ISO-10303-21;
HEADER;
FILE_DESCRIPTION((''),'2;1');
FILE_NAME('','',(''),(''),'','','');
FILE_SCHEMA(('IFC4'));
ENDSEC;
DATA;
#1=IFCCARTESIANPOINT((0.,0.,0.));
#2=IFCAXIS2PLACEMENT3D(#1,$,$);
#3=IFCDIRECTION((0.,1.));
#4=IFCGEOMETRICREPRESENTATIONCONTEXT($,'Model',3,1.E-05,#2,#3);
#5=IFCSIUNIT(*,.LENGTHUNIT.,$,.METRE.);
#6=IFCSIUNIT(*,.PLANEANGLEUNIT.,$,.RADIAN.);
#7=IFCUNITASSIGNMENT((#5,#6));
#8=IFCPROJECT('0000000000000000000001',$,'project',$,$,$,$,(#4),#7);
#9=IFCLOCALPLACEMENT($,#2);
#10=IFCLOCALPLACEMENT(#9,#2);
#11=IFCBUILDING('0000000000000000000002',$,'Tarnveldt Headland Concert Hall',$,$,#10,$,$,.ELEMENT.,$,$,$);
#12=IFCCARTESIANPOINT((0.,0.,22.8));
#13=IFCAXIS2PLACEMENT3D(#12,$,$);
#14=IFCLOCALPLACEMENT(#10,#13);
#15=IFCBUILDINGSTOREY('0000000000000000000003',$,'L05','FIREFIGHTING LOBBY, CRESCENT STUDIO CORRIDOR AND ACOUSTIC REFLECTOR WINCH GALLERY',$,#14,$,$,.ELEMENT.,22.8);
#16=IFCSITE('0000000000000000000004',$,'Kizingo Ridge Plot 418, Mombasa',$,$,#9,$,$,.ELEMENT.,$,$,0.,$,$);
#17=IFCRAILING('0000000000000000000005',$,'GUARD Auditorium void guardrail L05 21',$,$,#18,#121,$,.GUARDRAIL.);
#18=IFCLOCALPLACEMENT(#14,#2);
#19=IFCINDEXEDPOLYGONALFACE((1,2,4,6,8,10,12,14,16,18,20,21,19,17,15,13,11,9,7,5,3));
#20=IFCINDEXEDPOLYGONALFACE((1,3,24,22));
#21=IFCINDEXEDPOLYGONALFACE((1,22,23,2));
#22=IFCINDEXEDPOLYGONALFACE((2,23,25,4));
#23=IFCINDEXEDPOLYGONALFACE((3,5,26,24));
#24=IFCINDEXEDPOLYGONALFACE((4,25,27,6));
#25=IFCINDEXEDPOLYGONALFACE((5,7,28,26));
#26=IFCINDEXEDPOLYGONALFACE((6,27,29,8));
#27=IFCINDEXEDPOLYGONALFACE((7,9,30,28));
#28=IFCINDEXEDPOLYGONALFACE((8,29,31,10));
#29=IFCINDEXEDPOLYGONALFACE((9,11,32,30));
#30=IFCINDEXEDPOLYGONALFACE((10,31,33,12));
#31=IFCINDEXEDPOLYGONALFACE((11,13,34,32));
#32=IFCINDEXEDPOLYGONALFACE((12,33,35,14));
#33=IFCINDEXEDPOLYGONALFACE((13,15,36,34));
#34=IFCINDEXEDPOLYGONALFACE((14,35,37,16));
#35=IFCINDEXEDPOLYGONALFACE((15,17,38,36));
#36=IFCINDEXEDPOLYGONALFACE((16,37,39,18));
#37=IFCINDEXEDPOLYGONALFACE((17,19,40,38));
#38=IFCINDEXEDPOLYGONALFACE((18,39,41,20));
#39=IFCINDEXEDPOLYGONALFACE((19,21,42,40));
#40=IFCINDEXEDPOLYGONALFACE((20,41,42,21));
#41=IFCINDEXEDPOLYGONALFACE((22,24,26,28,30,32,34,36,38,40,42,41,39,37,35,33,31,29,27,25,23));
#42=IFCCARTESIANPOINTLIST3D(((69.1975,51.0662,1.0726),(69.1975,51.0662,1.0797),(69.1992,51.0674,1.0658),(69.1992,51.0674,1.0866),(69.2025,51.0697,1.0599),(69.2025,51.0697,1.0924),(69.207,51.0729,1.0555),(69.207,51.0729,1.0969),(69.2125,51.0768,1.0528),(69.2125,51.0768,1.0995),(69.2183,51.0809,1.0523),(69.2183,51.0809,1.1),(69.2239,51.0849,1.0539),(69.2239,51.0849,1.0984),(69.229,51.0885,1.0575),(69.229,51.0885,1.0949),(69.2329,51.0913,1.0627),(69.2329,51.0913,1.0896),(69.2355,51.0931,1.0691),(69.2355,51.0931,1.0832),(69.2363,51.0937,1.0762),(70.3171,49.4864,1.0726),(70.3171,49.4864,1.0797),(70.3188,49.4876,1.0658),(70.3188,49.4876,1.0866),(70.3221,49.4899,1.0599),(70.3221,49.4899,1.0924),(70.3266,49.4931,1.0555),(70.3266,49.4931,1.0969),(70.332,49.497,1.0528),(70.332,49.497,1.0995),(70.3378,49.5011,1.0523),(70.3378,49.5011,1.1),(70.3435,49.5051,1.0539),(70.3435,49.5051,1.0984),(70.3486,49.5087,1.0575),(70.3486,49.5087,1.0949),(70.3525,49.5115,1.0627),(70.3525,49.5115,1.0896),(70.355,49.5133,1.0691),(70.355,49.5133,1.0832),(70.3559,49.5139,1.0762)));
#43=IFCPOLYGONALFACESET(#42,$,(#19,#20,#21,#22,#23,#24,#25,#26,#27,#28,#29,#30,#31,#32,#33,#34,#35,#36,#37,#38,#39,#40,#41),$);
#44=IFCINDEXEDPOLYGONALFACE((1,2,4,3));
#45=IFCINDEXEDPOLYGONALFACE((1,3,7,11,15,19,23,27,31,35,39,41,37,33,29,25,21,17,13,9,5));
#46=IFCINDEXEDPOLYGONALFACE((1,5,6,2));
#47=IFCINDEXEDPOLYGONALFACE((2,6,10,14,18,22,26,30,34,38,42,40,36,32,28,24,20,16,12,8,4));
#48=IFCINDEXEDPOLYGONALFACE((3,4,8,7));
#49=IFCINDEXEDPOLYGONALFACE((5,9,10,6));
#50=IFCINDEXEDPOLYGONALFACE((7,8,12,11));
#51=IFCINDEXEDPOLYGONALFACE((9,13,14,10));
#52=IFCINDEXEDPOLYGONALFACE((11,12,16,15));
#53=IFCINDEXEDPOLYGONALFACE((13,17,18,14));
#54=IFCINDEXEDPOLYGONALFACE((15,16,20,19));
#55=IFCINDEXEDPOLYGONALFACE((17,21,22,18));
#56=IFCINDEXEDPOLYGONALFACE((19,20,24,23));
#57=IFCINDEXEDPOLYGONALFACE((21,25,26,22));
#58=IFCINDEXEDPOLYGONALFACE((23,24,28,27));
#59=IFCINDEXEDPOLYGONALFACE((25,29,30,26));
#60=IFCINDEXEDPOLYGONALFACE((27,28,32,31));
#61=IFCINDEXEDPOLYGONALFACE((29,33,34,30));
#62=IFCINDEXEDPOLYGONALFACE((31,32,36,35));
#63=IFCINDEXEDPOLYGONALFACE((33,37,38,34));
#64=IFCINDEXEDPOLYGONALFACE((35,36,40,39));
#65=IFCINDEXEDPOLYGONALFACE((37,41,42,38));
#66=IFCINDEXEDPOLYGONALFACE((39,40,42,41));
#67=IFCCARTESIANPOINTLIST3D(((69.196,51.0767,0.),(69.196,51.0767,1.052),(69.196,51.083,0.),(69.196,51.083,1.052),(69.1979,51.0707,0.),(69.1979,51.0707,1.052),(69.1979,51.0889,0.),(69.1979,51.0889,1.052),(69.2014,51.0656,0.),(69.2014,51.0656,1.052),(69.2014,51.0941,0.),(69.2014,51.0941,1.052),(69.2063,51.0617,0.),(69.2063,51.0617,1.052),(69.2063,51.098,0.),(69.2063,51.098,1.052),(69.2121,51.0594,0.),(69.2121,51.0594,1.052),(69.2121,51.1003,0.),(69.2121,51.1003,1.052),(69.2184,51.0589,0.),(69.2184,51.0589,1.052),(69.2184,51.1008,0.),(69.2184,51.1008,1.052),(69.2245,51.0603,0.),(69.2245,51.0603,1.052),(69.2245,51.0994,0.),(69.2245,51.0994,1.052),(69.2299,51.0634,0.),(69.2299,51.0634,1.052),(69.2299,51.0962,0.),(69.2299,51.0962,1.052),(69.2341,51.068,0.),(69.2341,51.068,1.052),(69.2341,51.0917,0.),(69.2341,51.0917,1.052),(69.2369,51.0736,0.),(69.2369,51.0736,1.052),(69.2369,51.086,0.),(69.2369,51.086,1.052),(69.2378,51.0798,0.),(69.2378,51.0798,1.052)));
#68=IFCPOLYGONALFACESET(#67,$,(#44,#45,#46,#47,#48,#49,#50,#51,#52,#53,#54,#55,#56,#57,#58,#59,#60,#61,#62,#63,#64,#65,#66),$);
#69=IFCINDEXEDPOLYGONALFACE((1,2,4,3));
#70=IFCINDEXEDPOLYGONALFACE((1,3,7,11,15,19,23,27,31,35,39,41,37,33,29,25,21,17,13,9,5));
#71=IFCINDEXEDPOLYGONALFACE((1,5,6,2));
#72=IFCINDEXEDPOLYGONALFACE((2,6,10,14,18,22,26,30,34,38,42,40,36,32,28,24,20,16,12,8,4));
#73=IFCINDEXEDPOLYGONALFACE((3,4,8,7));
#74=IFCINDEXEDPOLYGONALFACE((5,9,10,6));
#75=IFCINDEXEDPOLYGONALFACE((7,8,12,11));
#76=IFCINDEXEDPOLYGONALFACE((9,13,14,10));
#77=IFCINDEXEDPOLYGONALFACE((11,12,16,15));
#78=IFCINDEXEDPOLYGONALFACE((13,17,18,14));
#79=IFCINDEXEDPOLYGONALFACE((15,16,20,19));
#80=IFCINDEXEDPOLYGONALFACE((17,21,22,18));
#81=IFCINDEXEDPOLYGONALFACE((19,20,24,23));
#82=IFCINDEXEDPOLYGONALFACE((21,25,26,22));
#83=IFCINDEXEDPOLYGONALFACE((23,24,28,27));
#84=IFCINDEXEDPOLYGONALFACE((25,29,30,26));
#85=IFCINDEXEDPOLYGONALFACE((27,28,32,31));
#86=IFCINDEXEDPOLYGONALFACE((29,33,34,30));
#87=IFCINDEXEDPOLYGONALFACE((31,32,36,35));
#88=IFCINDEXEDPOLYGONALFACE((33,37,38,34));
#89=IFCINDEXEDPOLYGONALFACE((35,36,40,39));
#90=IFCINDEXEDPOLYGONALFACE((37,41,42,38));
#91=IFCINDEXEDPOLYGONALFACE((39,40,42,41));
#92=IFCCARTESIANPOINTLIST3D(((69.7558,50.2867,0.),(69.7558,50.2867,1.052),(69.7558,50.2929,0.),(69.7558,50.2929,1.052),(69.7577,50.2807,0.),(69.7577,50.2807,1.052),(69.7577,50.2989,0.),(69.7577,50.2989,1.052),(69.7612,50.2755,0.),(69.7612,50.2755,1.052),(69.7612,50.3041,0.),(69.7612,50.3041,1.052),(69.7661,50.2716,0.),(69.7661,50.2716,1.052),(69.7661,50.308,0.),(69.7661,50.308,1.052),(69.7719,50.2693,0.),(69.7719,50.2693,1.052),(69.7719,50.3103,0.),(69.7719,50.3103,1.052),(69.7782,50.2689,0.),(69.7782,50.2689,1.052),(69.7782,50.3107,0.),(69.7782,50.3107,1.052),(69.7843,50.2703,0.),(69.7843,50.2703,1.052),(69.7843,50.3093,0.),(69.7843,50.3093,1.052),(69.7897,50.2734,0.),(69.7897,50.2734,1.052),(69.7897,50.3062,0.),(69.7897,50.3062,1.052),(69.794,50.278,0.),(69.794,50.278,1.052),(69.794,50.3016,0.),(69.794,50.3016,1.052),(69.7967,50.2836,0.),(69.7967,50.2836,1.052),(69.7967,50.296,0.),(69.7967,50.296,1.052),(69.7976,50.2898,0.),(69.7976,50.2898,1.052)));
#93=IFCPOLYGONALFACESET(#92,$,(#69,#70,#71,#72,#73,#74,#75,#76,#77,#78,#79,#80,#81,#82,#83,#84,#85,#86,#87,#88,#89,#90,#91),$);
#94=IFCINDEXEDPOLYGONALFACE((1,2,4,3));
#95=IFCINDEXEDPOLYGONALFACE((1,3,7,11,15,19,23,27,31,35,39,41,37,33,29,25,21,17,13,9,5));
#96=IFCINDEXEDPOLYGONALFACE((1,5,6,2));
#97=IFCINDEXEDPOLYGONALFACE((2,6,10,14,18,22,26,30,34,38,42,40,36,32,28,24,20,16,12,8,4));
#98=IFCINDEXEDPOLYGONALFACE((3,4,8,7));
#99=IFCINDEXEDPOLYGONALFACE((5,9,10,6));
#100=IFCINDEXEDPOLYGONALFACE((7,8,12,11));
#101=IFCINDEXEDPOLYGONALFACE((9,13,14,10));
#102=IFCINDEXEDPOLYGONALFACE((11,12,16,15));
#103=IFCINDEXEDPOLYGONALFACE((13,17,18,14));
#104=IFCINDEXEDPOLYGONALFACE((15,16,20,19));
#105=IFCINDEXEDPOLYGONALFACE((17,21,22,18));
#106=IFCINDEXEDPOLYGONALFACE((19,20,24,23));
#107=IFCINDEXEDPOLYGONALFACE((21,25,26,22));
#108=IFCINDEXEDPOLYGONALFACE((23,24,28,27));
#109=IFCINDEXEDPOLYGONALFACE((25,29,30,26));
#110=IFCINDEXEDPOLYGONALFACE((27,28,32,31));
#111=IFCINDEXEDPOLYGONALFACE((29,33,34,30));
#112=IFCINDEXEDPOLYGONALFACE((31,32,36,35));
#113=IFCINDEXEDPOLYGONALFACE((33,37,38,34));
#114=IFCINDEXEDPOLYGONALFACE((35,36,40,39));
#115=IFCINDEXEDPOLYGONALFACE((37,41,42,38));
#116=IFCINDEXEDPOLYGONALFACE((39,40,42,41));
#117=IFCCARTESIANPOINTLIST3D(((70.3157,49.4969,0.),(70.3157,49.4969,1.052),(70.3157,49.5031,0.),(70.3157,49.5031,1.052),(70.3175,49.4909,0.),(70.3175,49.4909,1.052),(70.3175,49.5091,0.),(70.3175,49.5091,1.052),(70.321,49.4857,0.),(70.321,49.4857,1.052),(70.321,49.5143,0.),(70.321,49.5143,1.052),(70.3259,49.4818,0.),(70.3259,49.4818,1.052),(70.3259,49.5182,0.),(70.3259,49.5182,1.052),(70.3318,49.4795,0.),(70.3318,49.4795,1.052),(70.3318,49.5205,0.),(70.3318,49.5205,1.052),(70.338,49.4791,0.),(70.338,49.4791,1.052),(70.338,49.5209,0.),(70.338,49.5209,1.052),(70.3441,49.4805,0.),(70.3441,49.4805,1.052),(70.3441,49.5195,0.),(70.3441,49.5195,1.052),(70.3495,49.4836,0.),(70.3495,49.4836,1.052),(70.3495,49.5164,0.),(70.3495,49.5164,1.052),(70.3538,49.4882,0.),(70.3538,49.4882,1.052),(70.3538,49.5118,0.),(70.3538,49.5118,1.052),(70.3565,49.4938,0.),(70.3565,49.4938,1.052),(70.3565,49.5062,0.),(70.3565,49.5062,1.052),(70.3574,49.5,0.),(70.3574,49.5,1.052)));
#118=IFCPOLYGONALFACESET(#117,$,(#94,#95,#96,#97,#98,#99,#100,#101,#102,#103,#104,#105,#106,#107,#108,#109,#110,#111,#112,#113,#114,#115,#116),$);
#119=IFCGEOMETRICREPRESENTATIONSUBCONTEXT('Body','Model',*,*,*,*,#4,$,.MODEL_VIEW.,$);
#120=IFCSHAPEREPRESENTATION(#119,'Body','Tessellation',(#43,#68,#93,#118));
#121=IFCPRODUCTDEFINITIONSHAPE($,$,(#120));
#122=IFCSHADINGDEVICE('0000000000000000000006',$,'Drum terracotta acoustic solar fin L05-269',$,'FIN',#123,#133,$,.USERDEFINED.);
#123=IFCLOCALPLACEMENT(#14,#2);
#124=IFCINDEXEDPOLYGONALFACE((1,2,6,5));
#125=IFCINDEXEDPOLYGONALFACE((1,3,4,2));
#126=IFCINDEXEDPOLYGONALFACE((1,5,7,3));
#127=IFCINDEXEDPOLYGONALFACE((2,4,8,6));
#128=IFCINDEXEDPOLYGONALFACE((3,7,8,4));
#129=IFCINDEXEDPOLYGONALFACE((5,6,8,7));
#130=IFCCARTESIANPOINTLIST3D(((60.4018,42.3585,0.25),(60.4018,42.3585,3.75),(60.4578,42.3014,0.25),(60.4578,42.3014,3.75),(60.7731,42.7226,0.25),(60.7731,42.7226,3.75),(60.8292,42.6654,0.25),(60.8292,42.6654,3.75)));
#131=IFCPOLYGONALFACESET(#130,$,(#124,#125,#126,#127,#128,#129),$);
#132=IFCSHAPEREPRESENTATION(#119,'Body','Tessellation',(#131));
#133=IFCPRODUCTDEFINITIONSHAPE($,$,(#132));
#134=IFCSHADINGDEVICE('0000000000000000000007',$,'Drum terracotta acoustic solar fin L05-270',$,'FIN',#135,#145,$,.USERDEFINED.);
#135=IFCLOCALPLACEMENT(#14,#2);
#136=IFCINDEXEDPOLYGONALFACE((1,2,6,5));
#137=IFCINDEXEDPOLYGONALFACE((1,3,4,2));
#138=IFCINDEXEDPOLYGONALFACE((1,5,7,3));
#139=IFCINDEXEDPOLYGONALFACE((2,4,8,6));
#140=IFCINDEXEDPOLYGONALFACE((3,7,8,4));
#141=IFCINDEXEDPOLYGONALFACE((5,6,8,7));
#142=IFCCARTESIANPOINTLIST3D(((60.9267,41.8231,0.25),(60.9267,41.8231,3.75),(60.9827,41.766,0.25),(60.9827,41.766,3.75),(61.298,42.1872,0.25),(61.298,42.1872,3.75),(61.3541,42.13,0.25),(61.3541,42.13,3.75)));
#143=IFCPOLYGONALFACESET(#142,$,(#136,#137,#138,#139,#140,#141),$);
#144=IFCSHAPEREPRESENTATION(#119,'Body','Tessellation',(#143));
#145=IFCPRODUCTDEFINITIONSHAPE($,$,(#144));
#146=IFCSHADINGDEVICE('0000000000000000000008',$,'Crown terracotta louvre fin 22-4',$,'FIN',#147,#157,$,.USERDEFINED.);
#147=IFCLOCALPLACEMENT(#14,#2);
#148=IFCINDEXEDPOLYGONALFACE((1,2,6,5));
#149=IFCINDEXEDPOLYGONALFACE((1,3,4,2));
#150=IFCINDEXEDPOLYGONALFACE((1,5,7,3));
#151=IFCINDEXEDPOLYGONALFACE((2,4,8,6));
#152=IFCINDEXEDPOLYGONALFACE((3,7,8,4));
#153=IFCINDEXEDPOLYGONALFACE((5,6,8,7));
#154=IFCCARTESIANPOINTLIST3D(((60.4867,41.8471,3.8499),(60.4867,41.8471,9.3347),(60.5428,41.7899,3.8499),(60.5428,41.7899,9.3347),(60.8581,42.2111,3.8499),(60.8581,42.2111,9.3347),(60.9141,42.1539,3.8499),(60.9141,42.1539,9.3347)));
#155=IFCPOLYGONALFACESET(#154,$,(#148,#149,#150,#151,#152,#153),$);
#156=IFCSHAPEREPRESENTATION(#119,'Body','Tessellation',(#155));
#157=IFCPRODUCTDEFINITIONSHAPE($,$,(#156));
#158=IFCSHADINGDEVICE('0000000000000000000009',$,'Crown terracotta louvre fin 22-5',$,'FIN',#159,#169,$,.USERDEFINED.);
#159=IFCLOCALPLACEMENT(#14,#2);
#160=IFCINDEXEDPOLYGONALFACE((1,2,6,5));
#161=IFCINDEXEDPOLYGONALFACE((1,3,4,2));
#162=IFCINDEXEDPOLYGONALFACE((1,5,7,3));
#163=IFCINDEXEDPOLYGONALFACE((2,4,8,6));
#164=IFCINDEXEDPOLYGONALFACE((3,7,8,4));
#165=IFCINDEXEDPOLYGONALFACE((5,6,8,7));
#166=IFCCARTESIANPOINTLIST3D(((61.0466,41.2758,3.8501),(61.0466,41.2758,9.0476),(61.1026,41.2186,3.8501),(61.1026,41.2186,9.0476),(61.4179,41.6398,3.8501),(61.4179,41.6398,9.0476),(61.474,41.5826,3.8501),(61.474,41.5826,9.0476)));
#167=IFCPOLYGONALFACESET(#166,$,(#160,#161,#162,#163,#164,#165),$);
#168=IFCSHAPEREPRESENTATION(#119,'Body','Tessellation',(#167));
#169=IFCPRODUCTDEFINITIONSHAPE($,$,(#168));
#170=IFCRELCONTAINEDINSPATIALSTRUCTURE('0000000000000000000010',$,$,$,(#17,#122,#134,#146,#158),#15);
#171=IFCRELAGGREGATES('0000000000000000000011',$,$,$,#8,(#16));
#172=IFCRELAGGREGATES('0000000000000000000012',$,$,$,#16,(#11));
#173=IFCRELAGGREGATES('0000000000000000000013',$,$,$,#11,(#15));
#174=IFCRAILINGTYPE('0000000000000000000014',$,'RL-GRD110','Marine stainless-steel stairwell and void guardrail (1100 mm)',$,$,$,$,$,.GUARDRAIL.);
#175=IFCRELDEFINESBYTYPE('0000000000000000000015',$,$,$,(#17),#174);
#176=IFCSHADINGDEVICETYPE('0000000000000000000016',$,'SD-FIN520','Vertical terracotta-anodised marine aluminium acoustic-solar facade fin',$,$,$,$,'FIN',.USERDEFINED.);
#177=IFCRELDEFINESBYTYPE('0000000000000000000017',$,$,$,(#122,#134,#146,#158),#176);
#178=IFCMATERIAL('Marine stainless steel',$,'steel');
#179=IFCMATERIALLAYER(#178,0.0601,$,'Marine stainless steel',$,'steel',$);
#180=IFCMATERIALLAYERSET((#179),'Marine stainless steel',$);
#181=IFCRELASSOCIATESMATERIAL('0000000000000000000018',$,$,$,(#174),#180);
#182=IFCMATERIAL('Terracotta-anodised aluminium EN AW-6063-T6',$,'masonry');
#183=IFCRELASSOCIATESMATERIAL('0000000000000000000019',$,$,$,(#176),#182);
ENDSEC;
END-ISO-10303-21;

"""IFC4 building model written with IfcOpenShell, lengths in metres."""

from ifc_helpers import new_model, si_unit, direction, frame, origin, origin_2d, place, context, subcontext, project, spatial, rectangle, circle, extrude, material, layer, layer_set, type_object, element, save


model = new_model("IFC4")

# Units and contexts
model_context = context("Model", 3, precision=1e-05, world=origin(), true_north=direction((0.0, 1.0)))
body_context = subcontext(model_context, "Body", "Model", "MODEL_VIEW")
ifc_project = project(units=[si_unit("LENGTHUNIT", "METRE"), si_unit("PLANEANGLEUNIT", "RADIAN")], contexts=[model_context])

# Site, building, storey
site_placement = place(None, origin())
site = spatial("IfcSite", under=ifc_project, at=site_placement, Name="Kizingo Ridge Plot 418, Mombasa", CompositionType="ELEMENT", RefElevation=0.0)
building_placement = place(site_placement, origin())
building = spatial("IfcBuilding", under=site, at=building_placement, Name="Tarnveldt Headland Concert Hall", CompositionType="ELEMENT")
storey_placement = place(building_placement, frame((0.0, 0.0, 22.8)))
storey = spatial("IfcBuildingStorey", under=building, at=storey_placement, Name="L05", Description="FIREFIGHTING LOBBY, CRESCENT STUDIO CORRIDOR AND ACOUSTIC REFLECTOR WINCH GALLERY", CompositionType="ELEMENT", Elevation=22.8)

# Railing
ifc_material_1 = material(Name="Marine stainless steel", Category="steel")
ifc_layer_1 = layer(ifc_material_1, 0.0601, Name="Marine stainless steel", Category="steel")
ifc_layer_set_1 = layer_set([ifc_layer_1], Name="Marine stainless steel")
railing_type = type_object("IfcRailingType", Name="RL-GRD110", Description="Marine stainless-steel stairwell and void guardrail (1100 mm)", PredefinedType="GUARDRAIL", material=ifc_layer_set_1)
railing_placement = place(storey_placement, frame((69.2168, 51.0798, 0.0)))
element("IfcRailing", 1, at=railing_placement, inside=storey, type_object=railing_type, Name="GUARD Auditorium void guardrail L05 21", PredefinedType="GUARDRAIL", context=body_context, shape_type="SweptSolid", body=[
    extrude(circle(Radius=0.0239, at=origin_2d()), frame((0.0, 0.0, 1.0762), z_axis=(0.578217, -0.815883, 0.0), x_axis=(0.815883, 0.578217, 0.0)), (0.0, 0.0, 1.0), 1.9363),
    extrude(circle(Radius=0.021, at=origin_2d()), origin(), (0.0, 0.0, 1.0), 1.052),
    extrude(circle(Radius=0.021, at=origin_2d()), frame((0.5598, -0.79, 0.0)), (0.0, 0.0, 1.0), 1.052),
    extrude(circle(Radius=0.021, at=origin_2d()), frame((1.1196, -1.5798, 0.0)), (0.0, 0.0, 1.0), 1.052),
])

# Shading devices
ifc_material_2 = material(Name="Terracotta-anodised aluminium EN AW-6063-T6", Category="masonry")
shading_device_type = type_object("IfcShadingDeviceType", Name="SD-FIN520", Description="Vertical terracotta-anodised marine aluminium acoustic-solar facade fin", ElementType="FIN", PredefinedType="USERDEFINED", material=ifc_material_2)
for number, where, z_axis, x_axis, name in (
    (2, (60.6155, 42.512, 0.25), (0.0, 0.0, 1.0), (-0.714106, -0.700037, 0.0), "Drum terracotta acoustic solar fin L05-269"),
    (3, (61.1404, 41.9766, 0.25), (0.0, 0.0, 1.0), (-0.714106, -0.700037, 0.0), "Drum terracotta acoustic solar fin L05-270"),
):
    element("IfcShadingDevice", number, at=place(storey_placement, frame(where, z_axis=z_axis, x_axis=x_axis)), inside=storey, type_object=shading_device_type, Name=name, ObjectType="FIN", PredefinedType="USERDEFINED", context=body_context, shape_type="SweptSolid", body=[
        extrude(rectangle(XDim=0.52, YDim=0.0801, at=origin_2d()), origin(), (0.0, 0.0, 1.0), 3.5),
    ])
shading_device_1_placement = place(storey_placement, frame((60.7004, 42.0005, 3.8499), z_axis=(0.0, 0.0, 1.0), x_axis=(-0.714106, -0.700037, 0.0)))
element("IfcShadingDevice", 4, at=shading_device_1_placement, inside=storey, type_object=shading_device_type, Name="Crown terracotta louvre fin 22-4", ObjectType="FIN", PredefinedType="USERDEFINED", context=body_context, shape_type="SweptSolid", body=[
    extrude(rectangle(XDim=0.52, YDim=0.0801, at=origin_2d()), origin(), (0.0, 0.0, 1.0), 5.4849),
])
shading_device_2_placement = place(storey_placement, frame((61.2603, 41.4292, 3.8501), z_axis=(0.0, 0.0, 1.0), x_axis=(-0.714106, -0.700037, 0.0)))
element("IfcShadingDevice", 5, at=shading_device_2_placement, inside=storey, type_object=shading_device_type, Name="Crown terracotta louvre fin 22-5", ObjectType="FIN", PredefinedType="USERDEFINED", context=body_context, shape_type="SweptSolid", body=[
    extrude(rectangle(XDim=0.52, YDim=0.0801, at=origin_2d()), origin(), (0.0, 0.0, 1.0), 5.1975),
])

save(model, "model.ifc")
